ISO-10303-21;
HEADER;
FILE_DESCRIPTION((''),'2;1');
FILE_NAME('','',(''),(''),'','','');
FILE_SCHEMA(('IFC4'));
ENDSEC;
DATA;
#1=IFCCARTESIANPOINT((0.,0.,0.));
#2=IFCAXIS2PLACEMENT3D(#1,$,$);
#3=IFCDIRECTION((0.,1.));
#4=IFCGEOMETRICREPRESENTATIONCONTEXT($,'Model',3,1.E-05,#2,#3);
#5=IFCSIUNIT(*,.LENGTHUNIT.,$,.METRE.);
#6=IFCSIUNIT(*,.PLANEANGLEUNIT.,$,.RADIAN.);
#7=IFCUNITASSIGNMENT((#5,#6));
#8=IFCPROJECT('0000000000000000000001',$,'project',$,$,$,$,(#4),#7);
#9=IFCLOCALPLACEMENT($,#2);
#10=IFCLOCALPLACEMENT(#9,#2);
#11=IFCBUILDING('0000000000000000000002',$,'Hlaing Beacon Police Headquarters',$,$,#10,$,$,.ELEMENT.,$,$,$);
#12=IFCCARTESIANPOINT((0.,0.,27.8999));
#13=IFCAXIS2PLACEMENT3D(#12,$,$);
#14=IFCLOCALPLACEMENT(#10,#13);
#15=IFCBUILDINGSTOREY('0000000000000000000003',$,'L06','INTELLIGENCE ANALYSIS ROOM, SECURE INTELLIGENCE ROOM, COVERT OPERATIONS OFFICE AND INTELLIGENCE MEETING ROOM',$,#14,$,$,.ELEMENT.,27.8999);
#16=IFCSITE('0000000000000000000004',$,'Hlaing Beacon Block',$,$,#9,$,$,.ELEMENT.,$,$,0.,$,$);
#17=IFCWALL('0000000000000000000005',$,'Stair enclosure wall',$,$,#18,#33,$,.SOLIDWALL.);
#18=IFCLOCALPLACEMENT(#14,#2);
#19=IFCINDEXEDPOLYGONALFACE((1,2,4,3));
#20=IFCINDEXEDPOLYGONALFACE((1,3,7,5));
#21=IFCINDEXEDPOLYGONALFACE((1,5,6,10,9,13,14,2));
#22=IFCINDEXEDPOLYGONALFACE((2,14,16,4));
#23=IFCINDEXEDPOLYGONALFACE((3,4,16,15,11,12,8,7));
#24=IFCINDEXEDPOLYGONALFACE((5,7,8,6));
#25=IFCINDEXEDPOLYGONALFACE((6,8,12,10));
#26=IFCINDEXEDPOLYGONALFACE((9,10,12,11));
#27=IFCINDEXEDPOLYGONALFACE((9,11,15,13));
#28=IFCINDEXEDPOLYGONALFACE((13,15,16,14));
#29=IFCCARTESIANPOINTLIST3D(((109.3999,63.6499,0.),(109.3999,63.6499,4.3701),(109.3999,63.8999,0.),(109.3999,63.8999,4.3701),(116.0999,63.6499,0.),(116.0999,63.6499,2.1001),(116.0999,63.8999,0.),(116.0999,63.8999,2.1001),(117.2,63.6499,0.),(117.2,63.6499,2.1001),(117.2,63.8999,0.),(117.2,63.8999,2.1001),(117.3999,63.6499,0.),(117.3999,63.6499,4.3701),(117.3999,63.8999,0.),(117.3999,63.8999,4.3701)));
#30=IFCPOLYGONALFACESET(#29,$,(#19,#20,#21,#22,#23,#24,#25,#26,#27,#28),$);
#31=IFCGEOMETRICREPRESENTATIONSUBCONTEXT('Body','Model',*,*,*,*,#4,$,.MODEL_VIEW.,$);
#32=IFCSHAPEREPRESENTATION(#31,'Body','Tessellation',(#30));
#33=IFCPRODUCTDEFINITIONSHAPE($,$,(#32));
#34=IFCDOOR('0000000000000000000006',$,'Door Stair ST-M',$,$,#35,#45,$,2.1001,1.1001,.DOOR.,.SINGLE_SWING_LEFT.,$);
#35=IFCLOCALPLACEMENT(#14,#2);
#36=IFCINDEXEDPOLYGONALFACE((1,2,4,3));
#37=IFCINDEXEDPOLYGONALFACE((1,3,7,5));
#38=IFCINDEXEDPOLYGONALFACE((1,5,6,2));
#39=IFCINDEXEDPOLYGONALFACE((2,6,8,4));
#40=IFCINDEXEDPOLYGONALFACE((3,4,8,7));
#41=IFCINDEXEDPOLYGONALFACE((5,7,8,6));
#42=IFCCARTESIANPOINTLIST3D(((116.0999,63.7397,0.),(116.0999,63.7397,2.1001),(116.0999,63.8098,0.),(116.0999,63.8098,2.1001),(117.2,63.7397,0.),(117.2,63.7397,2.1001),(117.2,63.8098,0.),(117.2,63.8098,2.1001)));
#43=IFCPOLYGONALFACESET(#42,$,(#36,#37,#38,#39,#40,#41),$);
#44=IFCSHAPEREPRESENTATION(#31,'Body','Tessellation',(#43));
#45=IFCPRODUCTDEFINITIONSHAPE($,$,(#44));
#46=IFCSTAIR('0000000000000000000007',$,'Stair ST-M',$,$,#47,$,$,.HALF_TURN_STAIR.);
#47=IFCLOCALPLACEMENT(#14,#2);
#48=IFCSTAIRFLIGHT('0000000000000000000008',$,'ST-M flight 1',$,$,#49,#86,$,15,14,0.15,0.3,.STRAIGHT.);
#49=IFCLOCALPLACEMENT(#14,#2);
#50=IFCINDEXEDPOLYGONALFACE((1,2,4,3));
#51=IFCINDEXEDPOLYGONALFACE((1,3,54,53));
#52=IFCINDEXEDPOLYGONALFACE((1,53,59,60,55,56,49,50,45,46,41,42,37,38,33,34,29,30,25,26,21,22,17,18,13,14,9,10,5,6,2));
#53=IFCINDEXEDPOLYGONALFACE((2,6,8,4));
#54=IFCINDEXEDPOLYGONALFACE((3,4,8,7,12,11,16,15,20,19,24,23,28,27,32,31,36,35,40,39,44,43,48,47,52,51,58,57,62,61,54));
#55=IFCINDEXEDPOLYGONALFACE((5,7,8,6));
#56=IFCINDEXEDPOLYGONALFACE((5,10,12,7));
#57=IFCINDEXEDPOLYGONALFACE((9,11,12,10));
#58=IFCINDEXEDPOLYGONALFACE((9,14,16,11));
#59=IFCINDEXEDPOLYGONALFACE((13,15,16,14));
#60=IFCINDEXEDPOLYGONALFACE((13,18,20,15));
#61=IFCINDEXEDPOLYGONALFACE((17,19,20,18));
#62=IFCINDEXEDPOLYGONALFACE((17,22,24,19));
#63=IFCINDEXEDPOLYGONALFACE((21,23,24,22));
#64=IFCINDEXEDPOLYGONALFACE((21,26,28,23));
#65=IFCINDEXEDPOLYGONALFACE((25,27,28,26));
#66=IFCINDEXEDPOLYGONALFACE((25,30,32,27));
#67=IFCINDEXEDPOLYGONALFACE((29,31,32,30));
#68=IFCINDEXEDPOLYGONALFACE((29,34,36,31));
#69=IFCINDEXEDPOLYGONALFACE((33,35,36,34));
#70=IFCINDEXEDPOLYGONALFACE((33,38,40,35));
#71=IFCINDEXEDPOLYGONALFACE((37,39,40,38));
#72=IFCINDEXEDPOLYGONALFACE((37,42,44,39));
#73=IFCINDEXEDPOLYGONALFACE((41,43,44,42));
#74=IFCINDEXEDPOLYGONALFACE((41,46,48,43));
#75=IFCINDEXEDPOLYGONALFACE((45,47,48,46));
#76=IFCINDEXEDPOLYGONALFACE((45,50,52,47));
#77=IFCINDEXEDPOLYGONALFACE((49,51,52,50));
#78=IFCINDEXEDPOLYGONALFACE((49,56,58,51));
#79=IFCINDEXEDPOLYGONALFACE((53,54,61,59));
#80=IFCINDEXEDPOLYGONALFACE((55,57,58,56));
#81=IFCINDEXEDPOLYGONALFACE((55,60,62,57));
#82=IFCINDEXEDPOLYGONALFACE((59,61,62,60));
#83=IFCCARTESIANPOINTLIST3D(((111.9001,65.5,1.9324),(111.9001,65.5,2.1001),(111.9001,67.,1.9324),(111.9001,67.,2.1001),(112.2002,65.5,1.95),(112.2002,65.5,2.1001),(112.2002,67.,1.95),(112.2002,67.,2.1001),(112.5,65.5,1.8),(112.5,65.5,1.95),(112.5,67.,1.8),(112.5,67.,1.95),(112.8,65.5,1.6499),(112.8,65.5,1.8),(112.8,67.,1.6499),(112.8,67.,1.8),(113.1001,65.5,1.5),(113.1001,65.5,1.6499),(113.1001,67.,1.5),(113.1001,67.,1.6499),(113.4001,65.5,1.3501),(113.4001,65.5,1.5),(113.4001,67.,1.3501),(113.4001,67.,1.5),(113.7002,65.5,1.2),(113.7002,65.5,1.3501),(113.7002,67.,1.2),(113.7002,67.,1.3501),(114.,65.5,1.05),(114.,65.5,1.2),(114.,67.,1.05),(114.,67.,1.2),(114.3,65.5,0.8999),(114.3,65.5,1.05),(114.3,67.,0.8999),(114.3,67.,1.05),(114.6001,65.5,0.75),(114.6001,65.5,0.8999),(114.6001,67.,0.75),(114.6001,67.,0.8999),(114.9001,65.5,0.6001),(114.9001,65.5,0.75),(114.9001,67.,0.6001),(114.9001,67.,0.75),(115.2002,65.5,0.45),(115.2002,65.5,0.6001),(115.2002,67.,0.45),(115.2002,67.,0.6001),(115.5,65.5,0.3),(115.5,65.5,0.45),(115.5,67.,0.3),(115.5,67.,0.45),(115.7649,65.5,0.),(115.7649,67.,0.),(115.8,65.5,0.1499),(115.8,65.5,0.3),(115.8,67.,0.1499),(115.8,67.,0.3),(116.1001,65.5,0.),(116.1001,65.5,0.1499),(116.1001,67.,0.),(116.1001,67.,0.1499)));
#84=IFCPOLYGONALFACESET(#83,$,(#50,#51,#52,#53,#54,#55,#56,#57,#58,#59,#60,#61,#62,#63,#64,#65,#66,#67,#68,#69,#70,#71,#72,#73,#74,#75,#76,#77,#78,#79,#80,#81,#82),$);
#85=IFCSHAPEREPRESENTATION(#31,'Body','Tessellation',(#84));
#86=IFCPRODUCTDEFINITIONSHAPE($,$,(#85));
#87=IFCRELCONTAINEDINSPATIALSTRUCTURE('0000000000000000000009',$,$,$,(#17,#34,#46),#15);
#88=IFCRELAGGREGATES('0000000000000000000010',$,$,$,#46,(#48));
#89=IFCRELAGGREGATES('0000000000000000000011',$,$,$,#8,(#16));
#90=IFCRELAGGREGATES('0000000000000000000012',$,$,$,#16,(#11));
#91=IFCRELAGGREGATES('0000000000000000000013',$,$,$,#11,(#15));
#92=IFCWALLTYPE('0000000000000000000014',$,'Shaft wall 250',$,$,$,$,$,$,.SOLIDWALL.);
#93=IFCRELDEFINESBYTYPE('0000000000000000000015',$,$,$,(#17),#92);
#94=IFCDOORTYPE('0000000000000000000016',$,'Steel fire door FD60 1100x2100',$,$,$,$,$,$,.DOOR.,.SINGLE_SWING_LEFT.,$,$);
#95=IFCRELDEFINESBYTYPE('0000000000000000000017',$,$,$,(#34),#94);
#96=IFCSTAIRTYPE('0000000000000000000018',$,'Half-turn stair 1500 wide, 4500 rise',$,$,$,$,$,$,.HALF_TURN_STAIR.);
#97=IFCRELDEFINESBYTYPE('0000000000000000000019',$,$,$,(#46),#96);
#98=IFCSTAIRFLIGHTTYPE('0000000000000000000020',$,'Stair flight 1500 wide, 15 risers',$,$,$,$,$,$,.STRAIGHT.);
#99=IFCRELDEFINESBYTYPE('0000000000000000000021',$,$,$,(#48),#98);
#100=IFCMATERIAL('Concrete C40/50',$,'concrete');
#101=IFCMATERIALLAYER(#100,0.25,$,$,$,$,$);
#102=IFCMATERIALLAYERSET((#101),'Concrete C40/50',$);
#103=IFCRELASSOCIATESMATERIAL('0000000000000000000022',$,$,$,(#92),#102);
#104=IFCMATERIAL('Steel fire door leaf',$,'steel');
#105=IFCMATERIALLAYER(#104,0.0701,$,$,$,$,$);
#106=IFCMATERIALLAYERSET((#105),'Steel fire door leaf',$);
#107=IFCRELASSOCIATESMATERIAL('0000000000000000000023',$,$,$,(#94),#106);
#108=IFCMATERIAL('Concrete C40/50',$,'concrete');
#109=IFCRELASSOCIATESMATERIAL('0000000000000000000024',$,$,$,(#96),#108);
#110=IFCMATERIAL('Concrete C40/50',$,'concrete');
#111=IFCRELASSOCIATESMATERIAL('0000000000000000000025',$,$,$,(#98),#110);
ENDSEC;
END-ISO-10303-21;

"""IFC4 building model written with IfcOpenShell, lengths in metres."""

from ifc_helpers import new_model, si_unit, direction, frame, frame_2d, origin, place, context, subcontext, project, spatial, polyline, rectangle, outline, extrude, material, layer, layer_set, type_object, element, fill, aggregate, save


model = new_model("IFC4")

# Units and contexts
model_context = context("Model", 3, precision=1e-05, world=origin(), true_north=direction((0.0, 1.0)))
body_context = subcontext(model_context, "Body", "Model", "MODEL_VIEW")
ifc_project = project(units=[si_unit("LENGTHUNIT", "METRE"), si_unit("PLANEANGLEUNIT", "RADIAN")], contexts=[model_context])

# Site, building, storey
site_placement = place(None, origin())
site = spatial("IfcSite", under=ifc_project, at=site_placement, Name="Hlaing Beacon Block", CompositionType="ELEMENT", RefElevation=0.0)
building_placement = place(site_placement, origin())
building = spatial("IfcBuilding", under=site, at=building_placement, Name="Hlaing Beacon Police Headquarters", CompositionType="ELEMENT")
storey_placement = place(building_placement, frame((0.0, 0.0, 27.8999)))
storey = spatial("IfcBuildingStorey", under=building, at=storey_placement, Name="L06", Description="INTELLIGENCE ANALYSIS ROOM, SECURE INTELLIGENCE ROOM, COVERT OPERATIONS OFFICE AND INTELLIGENCE MEETING ROOM", CompositionType="ELEMENT", Elevation=27.8999)

# Wall, opening, door
ifc_material_1 = material(Name="Concrete C40/50", Category="concrete")
ifc_layer_1 = layer(ifc_material_1, 0.25)
ifc_layer_set_1 = layer_set([ifc_layer_1], Name="Concrete C40/50")
wall_type_1 = type_object("IfcWallType", Name="Shaft wall 250", PredefinedType="SOLIDWALL", material=ifc_layer_set_1)
wall_1_placement = place(storey_placement, frame((117.3999, 63.7749, 0.0), z_axis=(0.0, 0.0, 1.0), x_axis=(-1.0, 0.0, 0.0)))
wall_1 = element("IfcWall", 1, at=wall_1_placement, inside=storey, type_object=wall_type_1, Name="Stair enclosure wall", PredefinedType="SOLIDWALL", context=body_context, shape_type="SweptSolid", body=[
    extrude(rectangle(XDim=8.0, YDim=0.25, at=frame_2d((4.0, 0.0))), origin(), (0.0, 0.0, 1.0), 4.3701),
])
opening_1_placement = place(wall_1_placement, frame((0.2, 0.0, 0.0)))
opening_1 = element("IfcOpeningElement", 2, at=opening_1_placement, cuts=wall_1, PredefinedType="OPENING", context=body_context, shape_type="SweptSolid", body=[
    extrude(rectangle(XDim=1.1001, YDim=2.1001, at=frame_2d((0.55, 1.05))), frame((0.0, 0.135, 0.0), z_axis=(0.0, -1.0, 0.0), x_axis=(1.0, 0.0, 0.0)), (0.0, 0.0, 1.0), 0.27),
])
ifc_material_2 = material(Name="Steel fire door leaf", Category="steel")
ifc_layer_2 = layer(ifc_material_2, 0.0701)
ifc_layer_set_2 = layer_set([ifc_layer_2], Name="Steel fire door leaf")
door_type_1 = type_object("IfcDoorType", Name="Steel fire door FD60 1100x2100", OperationType="SINGLE_SWING_LEFT", PredefinedType="DOOR", material=ifc_layer_set_2)
door_1_placement = place(opening_1_placement, frame((1.1001, 0.0, 0.0), z_axis=(0.0, 0.0, 1.0), x_axis=(-1.0, 0.0, 0.0)))
door_1 = element("IfcDoor", 3, at=door_1_placement, inside=storey, type_object=door_type_1, Name="Door Stair ST-M", OperationType="SINGLE_SWING_LEFT", OverallHeight=2.1001, OverallWidth=1.1001, PredefinedType="DOOR", context=body_context, shape_type="SweptSolid", body=[
    extrude(rectangle(XDim=1.1001, YDim=2.1001, at=frame_2d((0.55, 1.05))), frame((0.0, 0.0349, 0.0), z_axis=(0.0, -1.0, 0.0), x_axis=(1.0, 0.0, 0.0)), (0.0, 0.0, 1.0), 0.0701),
])
fill(opening_1, door_1)

# Stair, stair flight
ifc_material_3 = material(Name="Concrete C40/50", Category="concrete")
stair_type = type_object("IfcStairType", Name="Half-turn stair 1500 wide, 4500 rise", PredefinedType="HALF_TURN_STAIR", material=ifc_material_3)
stair_placement = place(storey_placement, origin())
stair = element("IfcStair", 4, at=stair_placement, inside=storey, type_object=stair_type, Name="Stair ST-M", PredefinedType="HALF_TURN_STAIR")
ifc_material_4 = material(Name="Concrete C40/50", Category="concrete")
stair_flight_type = type_object("IfcStairFlightType", Name="Stair flight 1500 wide, 15 risers", PredefinedType="STRAIGHT", material=ifc_material_4)
stair_flight_placement = place(storey_placement, frame((116.1001, 66.25, 0.0), z_axis=(0.0, 0.0, 1.0), x_axis=(-1.0, 0.0, 0.0)))
stair_flight = element("IfcStairFlight", 5, at=stair_flight_placement, type_object=stair_flight_type, Name="ST-M flight 1", NumberOfRisers=15, NumberOfTreads=14, PredefinedType="STRAIGHT", RiserHeight=0.15, TreadLength=0.3, context=body_context, shape_type="SweptSolid", body=[
    extrude(outline(polyline([(0.0, 0.0), (0.0, 0.1499), (0.3, 0.1499), (0.3, 0.3), (0.6001, 0.3), (0.6001, 0.45), (0.8999, 0.45), (0.8999, 0.6001), (1.2, 0.6001), (1.2, 0.75), (1.5, 0.75), (1.5, 0.8999), (1.8, 0.8999), (1.8, 1.05), (2.1001, 1.05), (2.1001, 1.2), (2.3999, 1.2), (2.3999, 1.3501), (2.7, 1.3501), (2.7, 1.5), (3.0, 1.5), (3.0, 1.6499), (3.3, 1.6499), (3.3, 1.8), (3.6001, 1.8), (3.6001, 1.95), (3.8999, 1.95), (3.8999, 2.1001), (4.2, 2.1001), (4.2, 2.25), (4.2, 1.9324), (0.3352, 0.0), (0.0, 0.0)])), frame((0.0, 0.75, 0.0), z_axis=(0.0, -1.0, 0.0), x_axis=(1.0, 0.0, 0.0)), (0.0, 0.0, 1.0), 1.5),
])
aggregate(stair, [stair_flight])

save(model, "model.ifc")
